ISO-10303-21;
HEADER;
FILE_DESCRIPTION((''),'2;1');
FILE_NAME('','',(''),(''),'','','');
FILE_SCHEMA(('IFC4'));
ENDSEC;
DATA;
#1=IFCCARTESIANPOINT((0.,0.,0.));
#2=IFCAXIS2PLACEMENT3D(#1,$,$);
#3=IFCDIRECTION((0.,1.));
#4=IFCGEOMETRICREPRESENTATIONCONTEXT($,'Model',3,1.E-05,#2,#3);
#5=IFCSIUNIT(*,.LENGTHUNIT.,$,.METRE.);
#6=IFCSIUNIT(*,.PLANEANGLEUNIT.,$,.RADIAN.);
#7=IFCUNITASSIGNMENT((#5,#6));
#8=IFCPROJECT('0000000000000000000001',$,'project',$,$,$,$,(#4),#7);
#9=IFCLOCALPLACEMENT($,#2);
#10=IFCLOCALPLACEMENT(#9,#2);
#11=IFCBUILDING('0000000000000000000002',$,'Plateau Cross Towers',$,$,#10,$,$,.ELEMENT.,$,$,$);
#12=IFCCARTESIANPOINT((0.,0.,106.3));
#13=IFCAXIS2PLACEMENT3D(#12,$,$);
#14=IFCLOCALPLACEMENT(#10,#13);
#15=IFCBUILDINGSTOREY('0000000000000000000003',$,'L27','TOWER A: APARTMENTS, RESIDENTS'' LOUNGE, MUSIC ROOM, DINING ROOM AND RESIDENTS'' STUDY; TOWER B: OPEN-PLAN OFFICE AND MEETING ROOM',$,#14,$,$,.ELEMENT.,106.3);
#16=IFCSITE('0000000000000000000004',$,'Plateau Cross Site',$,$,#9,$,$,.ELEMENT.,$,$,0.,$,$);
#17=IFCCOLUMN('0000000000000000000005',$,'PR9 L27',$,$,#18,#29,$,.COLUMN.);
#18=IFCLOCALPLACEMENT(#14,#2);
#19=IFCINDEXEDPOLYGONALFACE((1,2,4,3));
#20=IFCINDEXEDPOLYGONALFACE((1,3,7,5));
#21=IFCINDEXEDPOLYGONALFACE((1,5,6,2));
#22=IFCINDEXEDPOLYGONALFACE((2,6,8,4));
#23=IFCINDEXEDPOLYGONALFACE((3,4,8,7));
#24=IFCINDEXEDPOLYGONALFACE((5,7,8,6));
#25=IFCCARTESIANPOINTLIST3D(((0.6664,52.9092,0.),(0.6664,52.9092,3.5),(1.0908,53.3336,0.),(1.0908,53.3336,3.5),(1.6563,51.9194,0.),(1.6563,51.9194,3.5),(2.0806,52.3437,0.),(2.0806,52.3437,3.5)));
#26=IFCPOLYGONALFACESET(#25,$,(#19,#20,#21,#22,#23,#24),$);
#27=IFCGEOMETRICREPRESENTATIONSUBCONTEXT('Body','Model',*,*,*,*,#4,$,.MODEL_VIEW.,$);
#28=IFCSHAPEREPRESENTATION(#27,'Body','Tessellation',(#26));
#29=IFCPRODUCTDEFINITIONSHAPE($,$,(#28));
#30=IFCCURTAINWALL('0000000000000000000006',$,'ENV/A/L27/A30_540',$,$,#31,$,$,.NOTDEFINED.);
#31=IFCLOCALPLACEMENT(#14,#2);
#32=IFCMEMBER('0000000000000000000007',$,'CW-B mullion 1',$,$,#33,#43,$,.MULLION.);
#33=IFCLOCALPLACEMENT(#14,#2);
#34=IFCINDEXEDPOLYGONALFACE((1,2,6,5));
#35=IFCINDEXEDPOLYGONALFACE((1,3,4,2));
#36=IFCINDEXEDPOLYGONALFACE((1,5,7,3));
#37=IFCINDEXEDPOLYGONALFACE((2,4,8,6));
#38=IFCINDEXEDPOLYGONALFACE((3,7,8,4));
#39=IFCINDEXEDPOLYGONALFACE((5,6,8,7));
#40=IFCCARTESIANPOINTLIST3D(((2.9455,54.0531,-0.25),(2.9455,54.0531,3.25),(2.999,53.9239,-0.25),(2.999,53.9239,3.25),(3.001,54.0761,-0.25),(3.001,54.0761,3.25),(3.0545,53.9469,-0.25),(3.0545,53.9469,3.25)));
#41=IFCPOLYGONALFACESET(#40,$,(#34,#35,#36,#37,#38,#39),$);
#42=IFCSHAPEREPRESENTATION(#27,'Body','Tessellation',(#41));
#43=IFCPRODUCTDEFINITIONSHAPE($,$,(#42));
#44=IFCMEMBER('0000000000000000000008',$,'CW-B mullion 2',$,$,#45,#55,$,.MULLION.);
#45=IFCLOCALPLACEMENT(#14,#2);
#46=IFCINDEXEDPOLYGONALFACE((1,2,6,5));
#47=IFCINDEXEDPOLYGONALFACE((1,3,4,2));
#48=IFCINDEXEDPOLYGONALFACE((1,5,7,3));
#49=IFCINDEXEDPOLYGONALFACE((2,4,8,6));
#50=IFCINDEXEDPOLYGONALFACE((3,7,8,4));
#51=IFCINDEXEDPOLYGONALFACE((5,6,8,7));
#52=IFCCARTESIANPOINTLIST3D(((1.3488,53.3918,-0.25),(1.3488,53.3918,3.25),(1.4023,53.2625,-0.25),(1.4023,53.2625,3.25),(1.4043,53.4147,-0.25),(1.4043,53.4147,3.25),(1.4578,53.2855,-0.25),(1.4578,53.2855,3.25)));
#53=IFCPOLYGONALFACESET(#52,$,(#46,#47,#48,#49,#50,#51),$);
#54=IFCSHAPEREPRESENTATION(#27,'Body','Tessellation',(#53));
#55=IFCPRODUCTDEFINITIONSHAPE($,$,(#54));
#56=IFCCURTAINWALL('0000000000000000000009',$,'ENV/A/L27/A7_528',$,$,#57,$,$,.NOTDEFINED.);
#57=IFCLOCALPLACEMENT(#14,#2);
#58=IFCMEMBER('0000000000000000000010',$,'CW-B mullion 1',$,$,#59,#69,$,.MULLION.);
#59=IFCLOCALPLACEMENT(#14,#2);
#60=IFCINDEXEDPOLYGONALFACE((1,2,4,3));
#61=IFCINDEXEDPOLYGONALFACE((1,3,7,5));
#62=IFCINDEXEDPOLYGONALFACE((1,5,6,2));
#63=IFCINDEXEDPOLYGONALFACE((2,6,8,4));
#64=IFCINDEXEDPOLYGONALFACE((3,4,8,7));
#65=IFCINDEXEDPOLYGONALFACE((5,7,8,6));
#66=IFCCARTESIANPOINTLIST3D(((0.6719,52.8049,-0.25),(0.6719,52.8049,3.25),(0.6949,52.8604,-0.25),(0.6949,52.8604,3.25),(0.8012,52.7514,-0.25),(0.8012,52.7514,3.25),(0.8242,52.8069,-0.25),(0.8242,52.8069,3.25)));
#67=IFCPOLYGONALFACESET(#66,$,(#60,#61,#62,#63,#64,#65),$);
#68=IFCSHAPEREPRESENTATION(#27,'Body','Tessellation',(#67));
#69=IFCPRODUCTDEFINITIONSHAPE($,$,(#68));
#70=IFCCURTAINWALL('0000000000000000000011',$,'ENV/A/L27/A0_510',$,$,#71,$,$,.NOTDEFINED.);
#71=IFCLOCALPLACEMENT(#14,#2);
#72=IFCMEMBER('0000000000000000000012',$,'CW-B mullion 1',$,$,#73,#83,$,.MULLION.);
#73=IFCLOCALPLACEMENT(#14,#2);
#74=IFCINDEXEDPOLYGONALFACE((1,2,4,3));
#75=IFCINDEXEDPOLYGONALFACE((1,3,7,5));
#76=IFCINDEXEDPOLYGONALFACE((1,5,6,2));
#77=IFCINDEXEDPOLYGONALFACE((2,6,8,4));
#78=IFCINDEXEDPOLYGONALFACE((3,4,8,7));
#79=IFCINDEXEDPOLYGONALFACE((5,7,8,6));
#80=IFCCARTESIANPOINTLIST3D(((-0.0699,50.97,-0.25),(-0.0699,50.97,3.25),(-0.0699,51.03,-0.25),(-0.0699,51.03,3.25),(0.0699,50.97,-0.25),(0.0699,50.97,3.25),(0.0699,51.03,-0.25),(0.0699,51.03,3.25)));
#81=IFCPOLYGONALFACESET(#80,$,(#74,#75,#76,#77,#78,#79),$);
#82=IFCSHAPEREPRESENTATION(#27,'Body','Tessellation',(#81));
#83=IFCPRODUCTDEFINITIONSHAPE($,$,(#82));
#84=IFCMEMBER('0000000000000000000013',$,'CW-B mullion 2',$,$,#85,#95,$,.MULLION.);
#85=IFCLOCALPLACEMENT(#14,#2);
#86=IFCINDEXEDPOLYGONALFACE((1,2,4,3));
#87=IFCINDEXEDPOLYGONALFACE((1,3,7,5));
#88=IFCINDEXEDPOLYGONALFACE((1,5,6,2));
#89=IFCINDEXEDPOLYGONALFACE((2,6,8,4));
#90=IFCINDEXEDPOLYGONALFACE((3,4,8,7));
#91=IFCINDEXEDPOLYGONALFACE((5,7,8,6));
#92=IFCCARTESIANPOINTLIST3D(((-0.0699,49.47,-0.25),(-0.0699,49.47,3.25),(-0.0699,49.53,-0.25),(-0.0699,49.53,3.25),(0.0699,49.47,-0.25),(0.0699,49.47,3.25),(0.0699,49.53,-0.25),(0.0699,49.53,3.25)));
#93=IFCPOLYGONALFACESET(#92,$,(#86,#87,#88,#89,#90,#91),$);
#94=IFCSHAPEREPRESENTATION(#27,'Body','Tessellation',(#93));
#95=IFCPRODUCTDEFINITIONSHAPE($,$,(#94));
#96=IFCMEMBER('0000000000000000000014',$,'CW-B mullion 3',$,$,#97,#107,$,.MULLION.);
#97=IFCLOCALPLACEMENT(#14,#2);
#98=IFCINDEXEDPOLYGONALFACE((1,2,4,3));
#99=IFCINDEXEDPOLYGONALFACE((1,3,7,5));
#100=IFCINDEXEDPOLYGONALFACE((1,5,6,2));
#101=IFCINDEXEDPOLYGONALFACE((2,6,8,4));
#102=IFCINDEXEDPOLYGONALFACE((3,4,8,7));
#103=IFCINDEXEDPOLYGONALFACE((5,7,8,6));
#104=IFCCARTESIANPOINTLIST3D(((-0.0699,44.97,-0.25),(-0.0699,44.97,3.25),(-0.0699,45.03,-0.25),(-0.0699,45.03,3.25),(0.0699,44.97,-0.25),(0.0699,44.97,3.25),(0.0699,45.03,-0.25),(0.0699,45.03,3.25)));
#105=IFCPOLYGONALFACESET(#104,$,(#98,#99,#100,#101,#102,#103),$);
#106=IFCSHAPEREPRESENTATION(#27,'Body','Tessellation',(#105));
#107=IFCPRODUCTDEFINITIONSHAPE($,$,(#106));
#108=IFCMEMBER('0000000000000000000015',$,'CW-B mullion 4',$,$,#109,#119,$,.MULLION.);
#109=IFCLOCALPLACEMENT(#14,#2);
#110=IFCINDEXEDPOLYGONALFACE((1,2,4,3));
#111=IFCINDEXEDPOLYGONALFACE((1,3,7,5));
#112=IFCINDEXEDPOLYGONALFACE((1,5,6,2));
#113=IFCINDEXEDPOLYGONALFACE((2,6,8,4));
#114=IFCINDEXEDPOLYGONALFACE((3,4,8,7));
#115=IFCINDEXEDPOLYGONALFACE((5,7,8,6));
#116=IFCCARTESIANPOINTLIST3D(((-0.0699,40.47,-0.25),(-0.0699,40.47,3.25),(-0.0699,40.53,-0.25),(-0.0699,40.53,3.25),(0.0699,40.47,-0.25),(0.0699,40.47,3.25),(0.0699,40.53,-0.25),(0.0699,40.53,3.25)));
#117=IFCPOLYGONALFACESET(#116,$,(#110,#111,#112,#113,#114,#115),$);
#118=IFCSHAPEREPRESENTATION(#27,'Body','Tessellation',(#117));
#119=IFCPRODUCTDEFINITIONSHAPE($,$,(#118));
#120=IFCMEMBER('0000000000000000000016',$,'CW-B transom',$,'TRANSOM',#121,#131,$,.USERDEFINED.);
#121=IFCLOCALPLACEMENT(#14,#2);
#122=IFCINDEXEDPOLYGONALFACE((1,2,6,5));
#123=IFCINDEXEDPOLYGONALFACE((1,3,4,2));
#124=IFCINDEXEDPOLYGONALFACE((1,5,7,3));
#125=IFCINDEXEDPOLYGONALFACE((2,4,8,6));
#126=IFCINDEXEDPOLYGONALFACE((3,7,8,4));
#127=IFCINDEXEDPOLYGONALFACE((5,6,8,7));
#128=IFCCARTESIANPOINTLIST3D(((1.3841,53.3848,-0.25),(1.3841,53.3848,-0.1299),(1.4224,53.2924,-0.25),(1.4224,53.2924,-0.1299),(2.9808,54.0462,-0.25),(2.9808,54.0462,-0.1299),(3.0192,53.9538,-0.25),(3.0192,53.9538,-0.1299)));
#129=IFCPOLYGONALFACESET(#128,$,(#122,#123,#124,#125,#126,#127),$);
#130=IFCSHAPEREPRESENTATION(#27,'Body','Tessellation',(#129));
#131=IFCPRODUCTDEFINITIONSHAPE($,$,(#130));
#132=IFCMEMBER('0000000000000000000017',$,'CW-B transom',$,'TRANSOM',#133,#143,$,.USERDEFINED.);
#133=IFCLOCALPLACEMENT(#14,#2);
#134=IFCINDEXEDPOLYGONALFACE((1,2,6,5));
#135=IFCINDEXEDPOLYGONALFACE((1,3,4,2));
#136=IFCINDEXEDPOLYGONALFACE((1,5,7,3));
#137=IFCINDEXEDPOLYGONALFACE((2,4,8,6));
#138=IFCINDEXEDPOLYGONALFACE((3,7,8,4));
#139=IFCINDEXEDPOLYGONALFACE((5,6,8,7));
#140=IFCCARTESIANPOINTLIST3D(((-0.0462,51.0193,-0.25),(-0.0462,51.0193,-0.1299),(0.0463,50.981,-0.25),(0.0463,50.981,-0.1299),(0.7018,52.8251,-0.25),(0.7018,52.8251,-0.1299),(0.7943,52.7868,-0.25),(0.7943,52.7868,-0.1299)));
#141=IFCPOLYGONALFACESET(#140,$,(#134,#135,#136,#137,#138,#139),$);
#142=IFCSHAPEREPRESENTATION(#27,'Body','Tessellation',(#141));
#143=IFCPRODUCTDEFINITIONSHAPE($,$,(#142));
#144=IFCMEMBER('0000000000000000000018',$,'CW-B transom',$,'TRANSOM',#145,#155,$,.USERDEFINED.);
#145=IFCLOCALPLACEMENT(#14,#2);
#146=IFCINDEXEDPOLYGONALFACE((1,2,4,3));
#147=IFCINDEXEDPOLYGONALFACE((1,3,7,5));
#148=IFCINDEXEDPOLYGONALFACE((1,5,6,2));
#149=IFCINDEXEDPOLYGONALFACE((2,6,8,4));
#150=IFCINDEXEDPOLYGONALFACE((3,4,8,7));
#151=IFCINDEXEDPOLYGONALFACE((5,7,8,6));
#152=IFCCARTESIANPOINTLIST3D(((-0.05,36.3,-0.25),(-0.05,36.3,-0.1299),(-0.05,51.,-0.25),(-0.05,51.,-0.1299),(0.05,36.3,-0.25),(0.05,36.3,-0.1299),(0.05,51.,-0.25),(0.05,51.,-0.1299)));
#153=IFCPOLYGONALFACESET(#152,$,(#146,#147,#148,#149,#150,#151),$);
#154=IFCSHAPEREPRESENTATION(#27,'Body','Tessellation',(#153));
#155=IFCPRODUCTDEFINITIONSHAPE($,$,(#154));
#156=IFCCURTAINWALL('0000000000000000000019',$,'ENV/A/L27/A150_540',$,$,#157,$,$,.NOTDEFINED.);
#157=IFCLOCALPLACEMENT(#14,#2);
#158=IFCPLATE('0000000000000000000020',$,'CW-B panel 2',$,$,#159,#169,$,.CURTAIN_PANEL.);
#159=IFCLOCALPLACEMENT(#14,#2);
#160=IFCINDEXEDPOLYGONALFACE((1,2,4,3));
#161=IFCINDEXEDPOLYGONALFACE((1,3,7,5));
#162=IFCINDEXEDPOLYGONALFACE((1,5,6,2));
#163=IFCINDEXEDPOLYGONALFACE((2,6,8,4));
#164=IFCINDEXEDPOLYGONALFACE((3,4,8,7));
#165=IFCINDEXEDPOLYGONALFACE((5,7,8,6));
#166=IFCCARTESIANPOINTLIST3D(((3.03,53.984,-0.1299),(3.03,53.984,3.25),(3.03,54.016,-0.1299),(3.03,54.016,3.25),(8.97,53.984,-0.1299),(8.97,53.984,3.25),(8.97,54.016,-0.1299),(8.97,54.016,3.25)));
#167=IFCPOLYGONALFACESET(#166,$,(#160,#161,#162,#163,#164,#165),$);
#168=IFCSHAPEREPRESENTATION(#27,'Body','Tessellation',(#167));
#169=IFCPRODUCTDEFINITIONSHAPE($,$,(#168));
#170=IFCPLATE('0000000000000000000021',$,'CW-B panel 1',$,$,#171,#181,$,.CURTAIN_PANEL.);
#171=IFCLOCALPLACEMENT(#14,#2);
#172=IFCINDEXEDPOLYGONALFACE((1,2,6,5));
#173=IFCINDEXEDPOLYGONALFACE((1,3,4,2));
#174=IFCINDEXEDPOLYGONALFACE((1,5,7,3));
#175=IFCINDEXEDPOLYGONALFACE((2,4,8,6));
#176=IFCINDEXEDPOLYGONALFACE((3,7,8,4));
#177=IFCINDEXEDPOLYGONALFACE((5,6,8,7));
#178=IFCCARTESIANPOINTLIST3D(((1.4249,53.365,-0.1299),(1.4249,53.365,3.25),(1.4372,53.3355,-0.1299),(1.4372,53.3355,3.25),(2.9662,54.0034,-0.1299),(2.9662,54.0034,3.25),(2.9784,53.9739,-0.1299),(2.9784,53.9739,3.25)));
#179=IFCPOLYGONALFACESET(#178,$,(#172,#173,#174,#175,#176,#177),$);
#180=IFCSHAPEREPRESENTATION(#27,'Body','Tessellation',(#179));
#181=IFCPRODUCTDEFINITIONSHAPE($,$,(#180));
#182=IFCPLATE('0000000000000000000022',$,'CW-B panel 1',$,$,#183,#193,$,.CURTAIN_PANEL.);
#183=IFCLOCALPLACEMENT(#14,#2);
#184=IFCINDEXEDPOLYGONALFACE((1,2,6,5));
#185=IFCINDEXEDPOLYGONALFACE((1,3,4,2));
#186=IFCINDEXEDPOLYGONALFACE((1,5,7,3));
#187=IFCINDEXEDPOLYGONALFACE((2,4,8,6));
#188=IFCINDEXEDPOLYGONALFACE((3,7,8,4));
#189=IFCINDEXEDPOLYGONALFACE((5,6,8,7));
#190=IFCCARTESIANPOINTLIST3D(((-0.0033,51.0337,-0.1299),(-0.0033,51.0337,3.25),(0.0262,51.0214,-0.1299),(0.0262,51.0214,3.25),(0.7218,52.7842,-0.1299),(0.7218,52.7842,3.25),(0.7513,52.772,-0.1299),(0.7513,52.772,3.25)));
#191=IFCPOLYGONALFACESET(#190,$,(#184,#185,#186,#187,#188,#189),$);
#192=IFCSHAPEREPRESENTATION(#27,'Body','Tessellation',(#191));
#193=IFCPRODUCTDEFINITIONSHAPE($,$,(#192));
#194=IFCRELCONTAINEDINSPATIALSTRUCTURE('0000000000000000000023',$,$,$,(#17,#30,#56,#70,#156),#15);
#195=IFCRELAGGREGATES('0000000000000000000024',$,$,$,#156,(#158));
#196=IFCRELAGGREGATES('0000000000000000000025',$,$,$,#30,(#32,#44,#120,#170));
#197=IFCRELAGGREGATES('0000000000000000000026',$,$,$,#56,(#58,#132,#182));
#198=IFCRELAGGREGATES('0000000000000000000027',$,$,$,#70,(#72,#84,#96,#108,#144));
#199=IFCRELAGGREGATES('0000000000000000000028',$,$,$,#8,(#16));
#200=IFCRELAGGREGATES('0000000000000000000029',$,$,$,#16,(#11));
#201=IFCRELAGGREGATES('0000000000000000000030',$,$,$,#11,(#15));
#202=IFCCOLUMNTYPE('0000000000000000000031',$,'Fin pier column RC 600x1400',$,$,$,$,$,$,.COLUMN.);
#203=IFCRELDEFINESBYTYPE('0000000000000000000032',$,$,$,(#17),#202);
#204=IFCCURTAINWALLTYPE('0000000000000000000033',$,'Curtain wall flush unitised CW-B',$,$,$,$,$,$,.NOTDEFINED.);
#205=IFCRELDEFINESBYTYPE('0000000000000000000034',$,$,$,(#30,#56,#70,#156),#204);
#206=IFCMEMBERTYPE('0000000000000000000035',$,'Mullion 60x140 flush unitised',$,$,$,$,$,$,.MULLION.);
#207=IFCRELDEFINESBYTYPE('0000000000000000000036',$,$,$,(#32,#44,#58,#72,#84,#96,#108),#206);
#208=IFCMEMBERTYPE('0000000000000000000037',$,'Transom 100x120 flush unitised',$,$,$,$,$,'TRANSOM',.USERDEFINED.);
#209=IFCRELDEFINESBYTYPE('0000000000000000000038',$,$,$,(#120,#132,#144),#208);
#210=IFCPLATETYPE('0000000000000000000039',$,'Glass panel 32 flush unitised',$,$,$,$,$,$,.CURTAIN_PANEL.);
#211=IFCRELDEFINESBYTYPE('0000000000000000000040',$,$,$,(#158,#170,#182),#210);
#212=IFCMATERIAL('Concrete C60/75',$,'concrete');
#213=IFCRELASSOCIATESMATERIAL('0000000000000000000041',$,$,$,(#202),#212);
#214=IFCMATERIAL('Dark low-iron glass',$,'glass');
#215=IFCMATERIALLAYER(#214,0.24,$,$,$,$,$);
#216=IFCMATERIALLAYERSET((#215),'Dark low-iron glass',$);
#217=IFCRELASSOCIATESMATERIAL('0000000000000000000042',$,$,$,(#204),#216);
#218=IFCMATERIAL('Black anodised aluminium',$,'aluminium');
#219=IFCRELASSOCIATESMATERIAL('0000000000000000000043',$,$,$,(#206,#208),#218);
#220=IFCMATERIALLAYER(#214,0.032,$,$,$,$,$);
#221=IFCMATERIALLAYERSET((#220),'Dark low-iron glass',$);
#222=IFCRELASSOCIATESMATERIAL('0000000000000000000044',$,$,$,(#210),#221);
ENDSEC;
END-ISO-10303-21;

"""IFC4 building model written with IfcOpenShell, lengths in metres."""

from ifc_helpers import new_model, si_unit, direction, frame, origin, origin_2d, place, context, subcontext, project, spatial, rectangle, extrude, material, layer, layer_set, material_profile, profile_set, type_object, element, aggregate, save


model = new_model("IFC4")

# Units and contexts
model_context = context("Model", 3, precision=1e-05, world=origin(), true_north=direction((0.0, 1.0)))
body_context = subcontext(model_context, "Body", "Model", "MODEL_VIEW")
ifc_project = project(units=[si_unit("LENGTHUNIT", "METRE"), si_unit("PLANEANGLEUNIT", "RADIAN")], contexts=[model_context])

# Site, building, storey
site_placement = place(None, origin())
site = spatial("IfcSite", under=ifc_project, at=site_placement, Name="Plateau Cross Site", CompositionType="ELEMENT", RefElevation=0.0)
building_placement = place(site_placement, origin())
building = spatial("IfcBuilding", under=site, at=building_placement, Name="Plateau Cross Towers", CompositionType="ELEMENT")
storey_placement = place(building_placement, frame((0.0, 0.0, 106.3)))
storey = spatial("IfcBuildingStorey", under=building, at=storey_placement, Name="L27", Description="TOWER A: APARTMENTS, RESIDENTS' LOUNGE, MUSIC ROOM, DINING ROOM AND RESIDENTS' STUDY; TOWER B: OPEN-PLAN OFFICE AND MEETING ROOM", CompositionType="ELEMENT", Elevation=106.3)

# Column
ifc_material_1 = material(Name="Concrete C60/75", Category="concrete")
ifc_material_profile_1 = material_profile(ifc_material_1, rectangle(XDim=0.6001, YDim=1.3999, at=origin_2d()), Name="RC 600x1400")
ifc_profile_set_1 = profile_set([ifc_material_profile_1], Name="Concrete C60/75")
column_type = type_object("IfcColumnType", Name="Fin pier column RC 600x1400", PredefinedType="COLUMN", material=ifc_profile_set_1)
column_placement = place(storey_placement, frame((1.3735, 52.6265, 0.0), z_axis=(0.0, 0.0, 1.0), x_axis=(0.707107, 0.707107, 0.0)))
element("IfcColumn", 1, at=column_placement, inside=storey, type_object=column_type, Name="PR9 L27", PredefinedType="COLUMN", context=body_context, shape_type="SweptSolid", body=[
    extrude(rectangle(XDim=0.6001, YDim=1.3999, at=origin_2d()), origin(), (0.0, 0.0, 1.0), 3.5),
])

# Curtain wall, members
ifc_material_2 = material(Name="Dark low-iron glass", Category="glass")
ifc_layer_1 = layer(ifc_material_2, 0.24)
ifc_layer_set_1 = layer_set([ifc_layer_1], Name="Dark low-iron glass")
curtain_wall_type = type_object("IfcCurtainWallType", Name="Curtain wall flush unitised CW-B", PredefinedType="NOTDEFINED", material=ifc_layer_set_1)
curtain_wall_1_placement = place(storey_placement, origin())
curtain_wall_1 = element("IfcCurtainWall", 2, at=curtain_wall_1_placement, inside=storey, type_object=curtain_wall_type, Name="ENV/A/L27/A30_540", PredefinedType="NOTDEFINED")
ifc_material_3 = material(Name="Black anodised aluminium", Category="aluminium")
ifc_material_profile_2 = material_profile(ifc_material_3, rectangle(XDim=0.0601, YDim=0.1399, at=origin_2d()), Name="MULLION 60x140")
ifc_profile_set_2 = profile_set([ifc_material_profile_2], Name="Black anodised aluminium")
member_type_1 = type_object("IfcMemberType", Name="Mullion 60x140 flush unitised", PredefinedType="MULLION", material=ifc_profile_set_2)
member_1_placement = place(storey_placement, frame((3.0, 54.0, -0.25), z_axis=(0.0, 0.0, 1.0), x_axis=(-0.923879, -0.382684, 0.0)))
member_1 = element("IfcMember", 3, at=member_1_placement, type_object=member_type_1, Name="CW-B mullion 1", PredefinedType="MULLION", context=body_context, shape_type="SweptSolid", body=[
    extrude(rectangle(XDim=0.0601, YDim=0.1399, at=origin_2d()), origin(), (0.0, 0.0, 1.0), 3.5),
])
member_2_placement = place(storey_placement, frame((1.4033, 53.3386, -0.25), z_axis=(0.0, 0.0, 1.0), x_axis=(-0.923879, -0.382684, 0.0)))
member_2 = element("IfcMember", 4, at=member_2_placement, type_object=member_type_1, Name="CW-B mullion 2", PredefinedType="MULLION", context=body_context, shape_type="SweptSolid", body=[
    extrude(rectangle(XDim=0.0601, YDim=0.1399, at=origin_2d()), origin(), (0.0, 0.0, 1.0), 3.5),
])

# Curtain wall, member
curtain_wall_2_placement = place(storey_placement, origin())
curtain_wall_2 = element("IfcCurtainWall", 5, at=curtain_wall_2_placement, inside=storey, type_object=curtain_wall_type, Name="ENV/A/L27/A7_528", PredefinedType="NOTDEFINED")
member_3_placement = place(storey_placement, frame((0.748, 52.8059, -0.25), z_axis=(0.0, 0.0, 1.0), x_axis=(-0.382684, -0.923879, 0.0)))
member_3 = element("IfcMember", 6, at=member_3_placement, type_object=member_type_1, Name="CW-B mullion 1", PredefinedType="MULLION", context=body_context, shape_type="SweptSolid", body=[
    extrude(rectangle(XDim=0.0601, YDim=0.1399, at=origin_2d()), origin(), (0.0, 0.0, 1.0), 3.5),
])

# Curtain wall, members
curtain_wall_3_placement = place(storey_placement, origin())
curtain_wall_3 = element("IfcCurtainWall", 7, at=curtain_wall_3_placement, inside=storey, type_object=curtain_wall_type, Name="ENV/A/L27/A0_510", PredefinedType="NOTDEFINED")
member_4_placement = place(storey_placement, frame((0.0, 51.0, -0.25), z_axis=(0.0, 0.0, 1.0), x_axis=(0.0, -1.0, 0.0)))
member_4 = element("IfcMember", 8, at=member_4_placement, type_object=member_type_1, Name="CW-B mullion 1", PredefinedType="MULLION", context=body_context, shape_type="SweptSolid", body=[
    extrude(rectangle(XDim=0.0601, YDim=0.1399, at=origin_2d()), origin(), (0.0, 0.0, 1.0), 3.5),
])
member_5_placement = place(storey_placement, frame((0.0, 49.5, -0.25), z_axis=(0.0, 0.0, 1.0), x_axis=(0.0, -1.0, 0.0)))
member_5 = element("IfcMember", 9, at=member_5_placement, type_object=member_type_1, Name="CW-B mullion 2", PredefinedType="MULLION", context=body_context, shape_type="SweptSolid", body=[
    extrude(rectangle(XDim=0.0601, YDim=0.1399, at=origin_2d()), origin(), (0.0, 0.0, 1.0), 3.5),
])
member_6_placement = place(storey_placement, frame((0.0, 45.0, -0.25), z_axis=(0.0, 0.0, 1.0), x_axis=(0.0, -1.0, 0.0)))
member_6 = element("IfcMember", 10, at=member_6_placement, type_object=member_type_1, Name="CW-B mullion 3", PredefinedType="MULLION", context=body_context, shape_type="SweptSolid", body=[
    extrude(rectangle(XDim=0.0601, YDim=0.1399, at=origin_2d()), origin(), (0.0, 0.0, 1.0), 3.5),
])
member_7_placement = place(storey_placement, frame((0.0, 40.5, -0.25), z_axis=(0.0, 0.0, 1.0), x_axis=(0.0, -1.0, 0.0)))
member_7 = element("IfcMember", 11, at=member_7_placement, type_object=member_type_1, Name="CW-B mullion 4", PredefinedType="MULLION", context=body_context, shape_type="SweptSolid", body=[
    extrude(rectangle(XDim=0.0601, YDim=0.1399, at=origin_2d()), origin(), (0.0, 0.0, 1.0), 3.5),
])

# Members
ifc_material_profile_3 = material_profile(ifc_material_3, rectangle(XDim=0.1001, YDim=0.1201, at=origin_2d()), Name="TRANSOM 100x120")
ifc_profile_set_3 = profile_set([ifc_material_profile_3], Name="Black anodised aluminium")
member_type_2 = type_object("IfcMemberType", Name="Transom 100x120 flush unitised", ElementType="TRANSOM", PredefinedType="USERDEFINED", material=ifc_profile_set_3)
member_8_placement = place(storey_placement, frame((3.0, 54.0, -0.1899), z_axis=(-0.923877, -0.382689, 0.0), x_axis=(0.382689, -0.923877, 0.0)))
member_8 = element("IfcMember", 12, at=member_8_placement, type_object=member_type_2, Name="CW-B transom", ObjectType="TRANSOM", PredefinedType="USERDEFINED", context=body_context, shape_type="SweptSolid", body=[
    extrude(rectangle(XDim=0.1001, YDim=0.1201, at=origin_2d()), origin(), (0.0, 0.0, 1.0), 1.7283),
])
member_9_placement = place(storey_placement, frame((0.748, 52.8059, -0.1899), z_axis=(-0.38269, -0.923877, 0.0), x_axis=(0.923877, -0.38269, 0.0)))
member_9 = element("IfcMember", 13, at=member_9_placement, type_object=member_type_2, Name="CW-B transom", ObjectType="TRANSOM", PredefinedType="USERDEFINED", context=body_context, shape_type="SweptSolid", body=[
    extrude(rectangle(XDim=0.1001, YDim=0.1201, at=origin_2d()), origin(), (0.0, 0.0, 1.0), 1.9546),
])
member_10_placement = place(storey_placement, frame((0.0, 51.0, -0.1899), z_axis=(0.0, -1.0, 0.0), x_axis=(1.0, 0.0, 0.0)))
member_10 = element("IfcMember", 14, at=member_10_placement, type_object=member_type_2, Name="CW-B transom", ObjectType="TRANSOM", PredefinedType="USERDEFINED", context=body_context, shape_type="SweptSolid", body=[
    extrude(rectangle(XDim=0.1001, YDim=0.1201, at=origin_2d()), origin(), (0.0, 0.0, 1.0), 14.7),
])

# Curtain wall, plate
curtain_wall_4_placement = place(storey_placement, origin())
curtain_wall_4 = element("IfcCurtainWall", 15, at=curtain_wall_4_placement, inside=storey, type_object=curtain_wall_type, Name="ENV/A/L27/A150_540", PredefinedType="NOTDEFINED")
ifc_layer_2 = layer(ifc_material_2, 0.032)
ifc_layer_set_2 = layer_set([ifc_layer_2], Name="Dark low-iron glass")
plate_type = type_object("IfcPlateType", Name="Glass panel 32 flush unitised", PredefinedType="CURTAIN_PANEL", material=ifc_layer_set_2)
plate_1_placement = place(storey_placement, frame((6.0, 54.0, -0.1299), z_axis=(0.0, 0.0, 1.0), x_axis=(-1.0, 0.0, 0.0)))
plate_1 = element("IfcPlate", 16, at=plate_1_placement, type_object=plate_type, Name="CW-B panel 2", PredefinedType="CURTAIN_PANEL", context=body_context, shape_type="SweptSolid", body=[
    extrude(rectangle(XDim=5.9399, YDim=0.032, at=origin_2d()), origin(), (0.0, 0.0, 1.0), 3.3799),
])
aggregate(curtain_wall_4, [plate_1])

# Plates
plate_2_placement = place(storey_placement, frame((2.2017, 53.6694, -0.1299), z_axis=(0.0, 0.0, 1.0), x_axis=(-0.923879, -0.382684, 0.0)))
plate_2 = element("IfcPlate", 17, at=plate_2_placement, type_object=plate_type, Name="CW-B panel 1", PredefinedType="CURTAIN_PANEL", context=body_context, shape_type="SweptSolid", body=[
    extrude(rectangle(XDim=1.6682, YDim=0.032, at=origin_2d()), origin(), (0.0, 0.0, 1.0), 3.3799),
])
aggregate(curtain_wall_1, [member_1, member_2, member_8, plate_2])
plate_3_placement = place(storey_placement, frame((0.374, 51.9028, -0.1299), z_axis=(0.0, 0.0, 1.0), x_axis=(-0.382684, -0.923879, 0.0)))
plate_3 = element("IfcPlate", 18, at=plate_3_placement, type_object=plate_type, Name="CW-B panel 1", PredefinedType="CURTAIN_PANEL", context=body_context, shape_type="SweptSolid", body=[
    extrude(rectangle(XDim=1.8948, YDim=0.032, at=origin_2d()), origin(), (0.0, 0.0, 1.0), 3.3799),
])
aggregate(curtain_wall_2, [member_3, member_9, plate_3])
aggregate(curtain_wall_3, [member_4, member_5, member_6, member_7, member_10])

save(model, "model.ifc")
